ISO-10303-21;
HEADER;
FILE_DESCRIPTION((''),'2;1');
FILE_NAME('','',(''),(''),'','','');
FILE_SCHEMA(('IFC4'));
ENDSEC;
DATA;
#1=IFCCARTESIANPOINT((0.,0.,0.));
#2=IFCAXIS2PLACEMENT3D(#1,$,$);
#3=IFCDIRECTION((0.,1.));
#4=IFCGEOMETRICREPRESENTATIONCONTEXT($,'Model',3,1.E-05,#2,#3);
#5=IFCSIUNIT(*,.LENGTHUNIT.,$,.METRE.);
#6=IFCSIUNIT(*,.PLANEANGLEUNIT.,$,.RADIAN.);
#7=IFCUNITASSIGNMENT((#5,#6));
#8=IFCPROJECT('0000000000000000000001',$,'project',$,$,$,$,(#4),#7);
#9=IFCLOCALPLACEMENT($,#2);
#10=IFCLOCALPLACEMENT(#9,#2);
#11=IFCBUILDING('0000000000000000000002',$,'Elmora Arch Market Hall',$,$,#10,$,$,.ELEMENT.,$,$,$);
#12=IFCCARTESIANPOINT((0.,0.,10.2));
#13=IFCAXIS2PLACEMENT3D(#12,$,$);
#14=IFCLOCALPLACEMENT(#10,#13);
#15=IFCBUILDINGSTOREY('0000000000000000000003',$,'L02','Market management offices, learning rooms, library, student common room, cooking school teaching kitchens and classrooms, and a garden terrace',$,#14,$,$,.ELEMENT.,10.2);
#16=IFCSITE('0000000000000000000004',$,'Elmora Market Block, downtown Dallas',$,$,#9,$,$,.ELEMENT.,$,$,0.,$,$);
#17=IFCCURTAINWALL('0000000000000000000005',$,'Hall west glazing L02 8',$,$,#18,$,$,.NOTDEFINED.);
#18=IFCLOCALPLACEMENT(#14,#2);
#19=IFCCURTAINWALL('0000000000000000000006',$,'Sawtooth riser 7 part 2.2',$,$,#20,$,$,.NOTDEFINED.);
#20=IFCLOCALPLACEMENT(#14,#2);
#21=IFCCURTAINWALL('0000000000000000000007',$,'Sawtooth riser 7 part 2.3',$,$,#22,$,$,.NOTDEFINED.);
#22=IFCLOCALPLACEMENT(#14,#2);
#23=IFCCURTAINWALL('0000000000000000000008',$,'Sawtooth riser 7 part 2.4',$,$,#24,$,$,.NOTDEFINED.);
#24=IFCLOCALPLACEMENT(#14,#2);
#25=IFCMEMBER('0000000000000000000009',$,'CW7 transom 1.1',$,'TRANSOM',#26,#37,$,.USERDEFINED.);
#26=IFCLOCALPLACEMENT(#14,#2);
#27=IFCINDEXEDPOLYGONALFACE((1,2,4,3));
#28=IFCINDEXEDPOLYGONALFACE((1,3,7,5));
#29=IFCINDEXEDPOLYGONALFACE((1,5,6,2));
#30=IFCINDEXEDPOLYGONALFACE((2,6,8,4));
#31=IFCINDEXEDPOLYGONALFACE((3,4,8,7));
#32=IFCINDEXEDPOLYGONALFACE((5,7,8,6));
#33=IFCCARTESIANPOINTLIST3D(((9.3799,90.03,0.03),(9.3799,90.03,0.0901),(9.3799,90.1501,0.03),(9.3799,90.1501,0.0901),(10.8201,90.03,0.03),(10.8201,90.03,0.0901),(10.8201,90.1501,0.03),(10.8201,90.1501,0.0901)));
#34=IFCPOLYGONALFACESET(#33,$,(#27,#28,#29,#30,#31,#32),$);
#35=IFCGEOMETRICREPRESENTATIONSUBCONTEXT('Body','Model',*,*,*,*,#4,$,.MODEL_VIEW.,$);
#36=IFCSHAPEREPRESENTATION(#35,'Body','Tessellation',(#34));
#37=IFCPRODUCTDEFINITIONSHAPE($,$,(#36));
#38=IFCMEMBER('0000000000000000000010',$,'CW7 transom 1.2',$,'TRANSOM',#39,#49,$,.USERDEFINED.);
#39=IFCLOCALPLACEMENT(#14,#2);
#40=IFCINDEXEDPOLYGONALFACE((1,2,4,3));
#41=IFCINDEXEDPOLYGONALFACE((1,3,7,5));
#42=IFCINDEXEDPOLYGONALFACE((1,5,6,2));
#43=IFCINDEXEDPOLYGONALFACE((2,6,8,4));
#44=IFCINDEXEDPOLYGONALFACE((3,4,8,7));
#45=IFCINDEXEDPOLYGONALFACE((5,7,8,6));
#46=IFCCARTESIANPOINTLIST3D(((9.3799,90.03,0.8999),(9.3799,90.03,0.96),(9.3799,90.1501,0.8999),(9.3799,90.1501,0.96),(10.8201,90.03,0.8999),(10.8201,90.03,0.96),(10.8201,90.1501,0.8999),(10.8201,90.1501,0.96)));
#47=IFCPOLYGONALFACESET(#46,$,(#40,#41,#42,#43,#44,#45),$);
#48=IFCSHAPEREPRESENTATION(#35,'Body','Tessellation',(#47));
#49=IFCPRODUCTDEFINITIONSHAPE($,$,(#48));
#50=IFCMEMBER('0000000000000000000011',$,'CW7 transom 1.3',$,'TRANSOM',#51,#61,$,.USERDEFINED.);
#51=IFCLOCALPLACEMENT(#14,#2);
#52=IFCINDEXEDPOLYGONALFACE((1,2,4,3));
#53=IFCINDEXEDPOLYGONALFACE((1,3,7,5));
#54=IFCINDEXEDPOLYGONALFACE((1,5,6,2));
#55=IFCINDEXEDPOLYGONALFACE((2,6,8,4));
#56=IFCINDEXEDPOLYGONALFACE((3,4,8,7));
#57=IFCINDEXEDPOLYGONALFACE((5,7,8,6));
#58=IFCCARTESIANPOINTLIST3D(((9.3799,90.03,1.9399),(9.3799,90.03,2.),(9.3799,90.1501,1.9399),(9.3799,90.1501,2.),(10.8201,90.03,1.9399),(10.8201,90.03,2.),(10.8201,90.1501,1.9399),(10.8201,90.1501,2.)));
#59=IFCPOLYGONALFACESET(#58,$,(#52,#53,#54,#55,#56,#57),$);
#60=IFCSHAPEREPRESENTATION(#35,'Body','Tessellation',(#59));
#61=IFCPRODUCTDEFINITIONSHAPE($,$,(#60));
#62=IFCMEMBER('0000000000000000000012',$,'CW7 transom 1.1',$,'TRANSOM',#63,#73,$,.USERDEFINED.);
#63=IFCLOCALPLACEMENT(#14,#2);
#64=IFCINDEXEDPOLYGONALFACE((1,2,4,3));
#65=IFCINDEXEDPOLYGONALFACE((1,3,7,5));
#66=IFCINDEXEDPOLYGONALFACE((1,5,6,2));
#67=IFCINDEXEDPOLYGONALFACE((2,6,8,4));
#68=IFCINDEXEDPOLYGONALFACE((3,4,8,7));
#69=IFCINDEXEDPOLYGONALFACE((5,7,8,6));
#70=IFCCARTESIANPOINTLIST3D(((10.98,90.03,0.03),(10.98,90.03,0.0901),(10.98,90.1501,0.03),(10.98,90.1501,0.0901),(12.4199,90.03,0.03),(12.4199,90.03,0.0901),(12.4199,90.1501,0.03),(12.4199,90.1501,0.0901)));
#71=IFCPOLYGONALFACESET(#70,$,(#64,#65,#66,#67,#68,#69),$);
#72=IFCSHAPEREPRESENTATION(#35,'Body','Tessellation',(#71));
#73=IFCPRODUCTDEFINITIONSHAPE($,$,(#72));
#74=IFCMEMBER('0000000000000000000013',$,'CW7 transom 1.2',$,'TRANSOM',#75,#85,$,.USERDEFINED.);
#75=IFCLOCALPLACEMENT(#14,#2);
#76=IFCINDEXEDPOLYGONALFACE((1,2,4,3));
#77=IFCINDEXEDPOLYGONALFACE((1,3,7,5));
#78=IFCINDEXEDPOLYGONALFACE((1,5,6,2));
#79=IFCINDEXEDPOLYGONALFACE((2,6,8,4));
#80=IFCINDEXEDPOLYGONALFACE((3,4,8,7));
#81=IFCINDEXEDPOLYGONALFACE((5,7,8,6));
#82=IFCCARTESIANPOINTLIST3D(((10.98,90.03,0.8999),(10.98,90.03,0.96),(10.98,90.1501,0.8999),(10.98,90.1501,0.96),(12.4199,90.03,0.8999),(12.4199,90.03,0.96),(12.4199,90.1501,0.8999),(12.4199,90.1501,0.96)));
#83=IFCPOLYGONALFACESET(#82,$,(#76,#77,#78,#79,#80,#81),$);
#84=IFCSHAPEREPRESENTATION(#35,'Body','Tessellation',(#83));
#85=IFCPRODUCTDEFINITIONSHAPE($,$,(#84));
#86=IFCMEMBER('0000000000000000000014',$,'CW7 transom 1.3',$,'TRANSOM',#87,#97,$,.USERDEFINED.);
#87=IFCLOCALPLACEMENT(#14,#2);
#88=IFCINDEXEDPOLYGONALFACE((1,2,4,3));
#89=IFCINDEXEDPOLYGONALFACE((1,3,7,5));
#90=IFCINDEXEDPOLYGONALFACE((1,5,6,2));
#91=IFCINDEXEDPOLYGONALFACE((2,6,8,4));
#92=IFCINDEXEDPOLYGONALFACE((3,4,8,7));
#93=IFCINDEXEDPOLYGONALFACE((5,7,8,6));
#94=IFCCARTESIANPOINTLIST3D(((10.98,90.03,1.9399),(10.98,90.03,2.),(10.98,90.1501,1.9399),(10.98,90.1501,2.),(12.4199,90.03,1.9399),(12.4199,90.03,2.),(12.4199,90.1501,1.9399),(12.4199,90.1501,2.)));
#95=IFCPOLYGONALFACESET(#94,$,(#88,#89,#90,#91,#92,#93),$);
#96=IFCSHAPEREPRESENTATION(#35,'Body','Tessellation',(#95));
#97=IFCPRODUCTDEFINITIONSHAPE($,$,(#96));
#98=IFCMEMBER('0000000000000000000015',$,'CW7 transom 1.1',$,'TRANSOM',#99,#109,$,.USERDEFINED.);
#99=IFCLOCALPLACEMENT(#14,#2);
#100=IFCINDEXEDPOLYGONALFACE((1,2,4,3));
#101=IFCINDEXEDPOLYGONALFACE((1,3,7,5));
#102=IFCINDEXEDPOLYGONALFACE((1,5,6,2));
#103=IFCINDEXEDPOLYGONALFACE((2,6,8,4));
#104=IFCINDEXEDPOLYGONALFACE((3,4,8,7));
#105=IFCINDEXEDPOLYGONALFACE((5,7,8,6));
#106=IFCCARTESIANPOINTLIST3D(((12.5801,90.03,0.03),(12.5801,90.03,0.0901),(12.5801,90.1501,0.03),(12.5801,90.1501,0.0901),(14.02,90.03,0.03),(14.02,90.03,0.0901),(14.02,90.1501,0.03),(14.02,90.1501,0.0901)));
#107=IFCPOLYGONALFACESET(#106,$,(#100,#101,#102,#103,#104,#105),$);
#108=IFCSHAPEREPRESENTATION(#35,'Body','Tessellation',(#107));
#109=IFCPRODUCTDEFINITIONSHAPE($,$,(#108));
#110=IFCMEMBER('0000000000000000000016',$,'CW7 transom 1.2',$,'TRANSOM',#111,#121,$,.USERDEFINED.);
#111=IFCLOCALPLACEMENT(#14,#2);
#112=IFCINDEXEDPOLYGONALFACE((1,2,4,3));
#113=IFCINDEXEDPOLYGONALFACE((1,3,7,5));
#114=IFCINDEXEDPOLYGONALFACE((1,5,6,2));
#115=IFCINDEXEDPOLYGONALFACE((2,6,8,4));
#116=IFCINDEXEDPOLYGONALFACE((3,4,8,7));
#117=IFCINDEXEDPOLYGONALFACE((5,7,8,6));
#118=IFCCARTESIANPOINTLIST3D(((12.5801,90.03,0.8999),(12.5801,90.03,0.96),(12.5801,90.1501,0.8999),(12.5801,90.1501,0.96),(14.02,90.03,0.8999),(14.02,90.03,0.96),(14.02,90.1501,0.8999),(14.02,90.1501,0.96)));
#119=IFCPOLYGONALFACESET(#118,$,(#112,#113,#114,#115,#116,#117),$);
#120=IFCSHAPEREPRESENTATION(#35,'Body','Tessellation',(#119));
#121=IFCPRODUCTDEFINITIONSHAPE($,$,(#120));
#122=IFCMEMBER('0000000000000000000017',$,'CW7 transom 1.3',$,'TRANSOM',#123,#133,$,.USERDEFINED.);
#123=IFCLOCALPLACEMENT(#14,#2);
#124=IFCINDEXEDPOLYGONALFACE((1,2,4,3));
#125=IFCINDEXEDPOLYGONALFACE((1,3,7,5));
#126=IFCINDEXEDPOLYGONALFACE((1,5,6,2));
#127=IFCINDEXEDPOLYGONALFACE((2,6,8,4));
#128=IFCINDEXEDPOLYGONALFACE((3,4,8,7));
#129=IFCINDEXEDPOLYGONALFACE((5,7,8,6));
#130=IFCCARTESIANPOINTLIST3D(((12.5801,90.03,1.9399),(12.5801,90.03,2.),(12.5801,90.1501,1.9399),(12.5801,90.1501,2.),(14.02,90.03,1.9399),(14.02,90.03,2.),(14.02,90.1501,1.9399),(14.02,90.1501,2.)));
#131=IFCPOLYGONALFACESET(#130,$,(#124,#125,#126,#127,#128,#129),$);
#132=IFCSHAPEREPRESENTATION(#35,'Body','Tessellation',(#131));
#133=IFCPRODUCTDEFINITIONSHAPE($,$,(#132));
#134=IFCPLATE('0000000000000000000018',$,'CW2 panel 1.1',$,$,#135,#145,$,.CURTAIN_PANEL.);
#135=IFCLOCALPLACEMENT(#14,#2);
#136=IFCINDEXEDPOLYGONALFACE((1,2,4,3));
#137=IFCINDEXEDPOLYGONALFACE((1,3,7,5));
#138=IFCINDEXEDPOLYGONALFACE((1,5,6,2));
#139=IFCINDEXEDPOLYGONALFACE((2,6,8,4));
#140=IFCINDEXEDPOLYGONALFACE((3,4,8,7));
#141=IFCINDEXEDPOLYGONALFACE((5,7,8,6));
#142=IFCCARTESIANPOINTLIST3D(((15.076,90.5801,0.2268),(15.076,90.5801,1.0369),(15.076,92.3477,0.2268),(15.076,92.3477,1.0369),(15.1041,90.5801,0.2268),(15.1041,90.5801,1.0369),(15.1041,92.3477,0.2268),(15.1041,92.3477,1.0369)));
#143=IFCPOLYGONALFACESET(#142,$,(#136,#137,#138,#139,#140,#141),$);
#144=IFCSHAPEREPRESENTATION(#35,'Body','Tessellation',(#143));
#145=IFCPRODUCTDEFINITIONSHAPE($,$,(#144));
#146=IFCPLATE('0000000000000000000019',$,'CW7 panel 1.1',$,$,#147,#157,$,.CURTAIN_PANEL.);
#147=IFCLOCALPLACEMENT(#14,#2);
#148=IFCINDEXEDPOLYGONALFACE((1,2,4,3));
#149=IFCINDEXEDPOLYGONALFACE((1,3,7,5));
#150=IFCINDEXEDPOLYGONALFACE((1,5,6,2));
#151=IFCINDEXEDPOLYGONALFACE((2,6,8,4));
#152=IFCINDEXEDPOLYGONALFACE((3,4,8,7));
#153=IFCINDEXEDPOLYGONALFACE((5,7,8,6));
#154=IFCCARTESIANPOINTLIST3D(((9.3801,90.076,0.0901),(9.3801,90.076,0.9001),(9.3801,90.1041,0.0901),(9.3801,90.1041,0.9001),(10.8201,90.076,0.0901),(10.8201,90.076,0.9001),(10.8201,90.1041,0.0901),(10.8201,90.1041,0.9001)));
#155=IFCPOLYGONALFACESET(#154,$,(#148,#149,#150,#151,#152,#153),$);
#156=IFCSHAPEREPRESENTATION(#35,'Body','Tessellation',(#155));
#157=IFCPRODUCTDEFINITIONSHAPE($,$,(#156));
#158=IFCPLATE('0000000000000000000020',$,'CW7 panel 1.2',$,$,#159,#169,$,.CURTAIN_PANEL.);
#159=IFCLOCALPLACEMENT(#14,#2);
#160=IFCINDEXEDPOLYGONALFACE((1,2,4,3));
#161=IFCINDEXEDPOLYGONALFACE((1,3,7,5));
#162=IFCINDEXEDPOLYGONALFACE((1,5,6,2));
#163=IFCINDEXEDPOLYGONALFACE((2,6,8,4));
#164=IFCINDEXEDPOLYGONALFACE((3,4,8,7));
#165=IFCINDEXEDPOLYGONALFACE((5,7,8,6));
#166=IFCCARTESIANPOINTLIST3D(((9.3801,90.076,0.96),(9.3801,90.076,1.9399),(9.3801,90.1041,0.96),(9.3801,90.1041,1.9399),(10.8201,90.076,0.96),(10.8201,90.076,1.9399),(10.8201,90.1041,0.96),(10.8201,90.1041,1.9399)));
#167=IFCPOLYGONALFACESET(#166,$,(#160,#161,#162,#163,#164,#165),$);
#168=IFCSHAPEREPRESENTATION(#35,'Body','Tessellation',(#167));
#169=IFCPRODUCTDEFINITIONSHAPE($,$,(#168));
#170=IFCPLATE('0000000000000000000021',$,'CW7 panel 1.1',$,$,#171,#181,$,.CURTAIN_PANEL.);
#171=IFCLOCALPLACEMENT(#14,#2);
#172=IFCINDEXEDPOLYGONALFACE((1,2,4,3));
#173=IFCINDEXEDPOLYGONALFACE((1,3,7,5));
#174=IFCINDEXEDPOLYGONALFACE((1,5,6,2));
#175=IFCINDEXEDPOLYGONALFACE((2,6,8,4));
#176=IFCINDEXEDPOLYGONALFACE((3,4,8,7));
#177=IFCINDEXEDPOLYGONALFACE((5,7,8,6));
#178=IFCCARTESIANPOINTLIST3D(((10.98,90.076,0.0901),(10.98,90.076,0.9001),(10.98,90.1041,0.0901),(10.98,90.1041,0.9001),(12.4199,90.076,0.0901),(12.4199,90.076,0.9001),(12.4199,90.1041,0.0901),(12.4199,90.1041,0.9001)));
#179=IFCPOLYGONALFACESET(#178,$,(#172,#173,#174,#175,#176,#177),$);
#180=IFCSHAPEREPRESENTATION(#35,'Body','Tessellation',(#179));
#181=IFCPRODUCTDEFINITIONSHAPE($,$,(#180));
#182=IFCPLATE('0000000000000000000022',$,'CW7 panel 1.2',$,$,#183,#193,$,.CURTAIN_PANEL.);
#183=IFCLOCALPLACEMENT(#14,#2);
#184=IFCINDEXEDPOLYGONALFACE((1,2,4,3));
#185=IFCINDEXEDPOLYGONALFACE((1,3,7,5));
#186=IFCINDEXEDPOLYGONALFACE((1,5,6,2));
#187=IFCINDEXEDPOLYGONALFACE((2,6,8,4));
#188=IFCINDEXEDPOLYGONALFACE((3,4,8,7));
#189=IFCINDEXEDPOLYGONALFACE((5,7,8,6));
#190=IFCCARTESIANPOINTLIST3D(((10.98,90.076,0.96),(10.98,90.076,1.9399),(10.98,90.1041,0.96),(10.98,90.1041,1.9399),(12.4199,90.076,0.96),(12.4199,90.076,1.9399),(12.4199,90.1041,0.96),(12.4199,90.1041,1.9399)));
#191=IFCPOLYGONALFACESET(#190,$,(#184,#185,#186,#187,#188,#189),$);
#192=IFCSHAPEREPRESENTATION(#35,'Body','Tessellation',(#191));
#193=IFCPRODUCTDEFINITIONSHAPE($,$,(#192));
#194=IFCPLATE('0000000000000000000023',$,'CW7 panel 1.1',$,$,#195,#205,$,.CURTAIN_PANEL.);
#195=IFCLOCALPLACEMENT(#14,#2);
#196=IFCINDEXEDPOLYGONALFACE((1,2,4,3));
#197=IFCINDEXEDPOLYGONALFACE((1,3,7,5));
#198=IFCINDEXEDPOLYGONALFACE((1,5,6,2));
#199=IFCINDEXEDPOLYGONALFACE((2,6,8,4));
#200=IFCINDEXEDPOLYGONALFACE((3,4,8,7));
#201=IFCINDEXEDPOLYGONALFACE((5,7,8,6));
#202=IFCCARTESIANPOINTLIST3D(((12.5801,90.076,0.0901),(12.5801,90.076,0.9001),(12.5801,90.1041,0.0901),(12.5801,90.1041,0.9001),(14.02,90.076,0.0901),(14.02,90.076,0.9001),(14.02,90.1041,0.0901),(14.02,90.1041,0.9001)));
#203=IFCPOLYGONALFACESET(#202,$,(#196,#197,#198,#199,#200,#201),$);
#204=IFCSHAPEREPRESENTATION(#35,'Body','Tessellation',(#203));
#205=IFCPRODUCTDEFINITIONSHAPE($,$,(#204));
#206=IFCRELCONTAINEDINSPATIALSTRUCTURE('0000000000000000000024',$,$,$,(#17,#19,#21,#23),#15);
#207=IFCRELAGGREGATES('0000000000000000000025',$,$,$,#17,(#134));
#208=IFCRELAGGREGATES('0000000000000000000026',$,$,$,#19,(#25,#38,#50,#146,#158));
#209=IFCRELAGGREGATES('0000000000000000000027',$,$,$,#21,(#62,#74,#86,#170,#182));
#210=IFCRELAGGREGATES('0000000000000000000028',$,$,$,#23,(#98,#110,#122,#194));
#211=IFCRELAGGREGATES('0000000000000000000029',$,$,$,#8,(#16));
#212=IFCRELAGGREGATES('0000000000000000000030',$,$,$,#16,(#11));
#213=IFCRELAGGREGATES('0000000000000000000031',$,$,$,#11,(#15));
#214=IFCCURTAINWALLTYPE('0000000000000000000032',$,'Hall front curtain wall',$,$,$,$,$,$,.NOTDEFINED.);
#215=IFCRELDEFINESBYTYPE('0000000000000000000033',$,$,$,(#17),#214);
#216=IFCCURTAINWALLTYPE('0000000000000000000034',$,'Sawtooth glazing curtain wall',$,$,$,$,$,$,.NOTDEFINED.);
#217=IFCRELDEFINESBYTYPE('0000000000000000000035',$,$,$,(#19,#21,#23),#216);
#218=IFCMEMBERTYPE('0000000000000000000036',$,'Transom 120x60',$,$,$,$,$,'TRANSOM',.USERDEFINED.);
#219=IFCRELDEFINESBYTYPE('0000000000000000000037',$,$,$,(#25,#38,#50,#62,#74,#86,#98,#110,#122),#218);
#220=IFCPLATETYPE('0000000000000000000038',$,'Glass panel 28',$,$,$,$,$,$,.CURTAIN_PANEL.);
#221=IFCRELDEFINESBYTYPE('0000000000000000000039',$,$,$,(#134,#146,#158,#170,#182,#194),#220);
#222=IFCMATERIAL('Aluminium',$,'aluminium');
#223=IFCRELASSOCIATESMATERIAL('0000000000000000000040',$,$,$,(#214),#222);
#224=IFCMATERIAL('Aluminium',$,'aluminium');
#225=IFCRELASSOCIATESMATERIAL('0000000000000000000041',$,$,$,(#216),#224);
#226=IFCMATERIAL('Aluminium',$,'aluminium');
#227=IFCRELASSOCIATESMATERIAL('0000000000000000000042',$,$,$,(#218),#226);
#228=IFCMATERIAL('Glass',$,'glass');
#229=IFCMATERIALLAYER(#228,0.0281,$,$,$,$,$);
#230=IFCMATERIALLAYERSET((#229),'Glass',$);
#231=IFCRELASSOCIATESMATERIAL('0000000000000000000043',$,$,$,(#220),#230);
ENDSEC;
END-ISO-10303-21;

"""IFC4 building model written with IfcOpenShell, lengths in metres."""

from ifc_helpers import new_model, si_unit, direction, frame, origin, origin_2d, place, context, subcontext, project, spatial, rectangle, extrude, material, layer, layer_set, material_profile, profile_set, type_object, element, aggregate, save


model = new_model("IFC4")

# Units and contexts
model_context = context("Model", 3, precision=1e-05, world=origin(), true_north=direction((0.0, 1.0)))
body_context = subcontext(model_context, "Body", "Model", "MODEL_VIEW")
ifc_project = project(units=[si_unit("LENGTHUNIT", "METRE"), si_unit("PLANEANGLEUNIT", "RADIAN")], contexts=[model_context])

# Site, building, storey
site_placement = place(None, origin())
site = spatial("IfcSite", under=ifc_project, at=site_placement, Name="Elmora Market Block, downtown Dallas", CompositionType="ELEMENT", RefElevation=0.0)
building_placement = place(site_placement, origin())
building = spatial("IfcBuilding", under=site, at=building_placement, Name="Elmora Arch Market Hall", CompositionType="ELEMENT")
storey_placement = place(building_placement, frame((0.0, 0.0, 10.2)))
storey = spatial("IfcBuildingStorey", under=building, at=storey_placement, Name="L02", Description="Market management offices, learning rooms, library, student common room, cooking school teaching kitchens and classrooms, and a garden terrace", CompositionType="ELEMENT", Elevation=10.2)

# Curtain walls
ifc_material_1 = material(Name="Aluminium", Category="aluminium")
curtain_wall_type_1 = type_object("IfcCurtainWallType", Name="Hall front curtain wall", PredefinedType="NOTDEFINED", material=ifc_material_1)
curtain_wall_1_placement = place(storey_placement, origin())
curtain_wall_1 = element("IfcCurtainWall", 1, at=curtain_wall_1_placement, inside=storey, type_object=curtain_wall_type_1, Name="Hall west glazing L02 8", PredefinedType="NOTDEFINED")
ifc_material_2 = material(Name="Aluminium", Category="aluminium")
curtain_wall_type_2 = type_object("IfcCurtainWallType", Name="Sawtooth glazing curtain wall", PredefinedType="NOTDEFINED", material=ifc_material_2)
curtain_wall_2_placement = place(storey_placement, origin())
curtain_wall_2 = element("IfcCurtainWall", 2, at=curtain_wall_2_placement, inside=storey, type_object=curtain_wall_type_2, Name="Sawtooth riser 7 part 2.2", PredefinedType="NOTDEFINED")

# Curtain walls
curtain_wall_3_placement = place(storey_placement, origin())
curtain_wall_3 = element("IfcCurtainWall", 3, at=curtain_wall_3_placement, inside=storey, type_object=curtain_wall_type_2, Name="Sawtooth riser 7 part 2.3", PredefinedType="NOTDEFINED")
curtain_wall_4_placement = place(storey_placement, origin())
curtain_wall_4 = element("IfcCurtainWall", 4, at=curtain_wall_4_placement, inside=storey, type_object=curtain_wall_type_2, Name="Sawtooth riser 7 part 2.4", PredefinedType="NOTDEFINED")

# Members
ifc_material_3 = material(Name="Aluminium", Category="aluminium")
ifc_material_profile_1 = material_profile(ifc_material_3, rectangle(XDim=0.1201, YDim=0.0601, at=origin_2d()), Name="AL 120x60")
ifc_profile_set_1 = profile_set([ifc_material_profile_1], Name="Aluminium")
member_type_1 = type_object("IfcMemberType", Name="Transom 120x60", ElementType="TRANSOM", PredefinedType="USERDEFINED", material=ifc_profile_set_1)
member_1_placement = place(storey_placement, frame((9.3799, 90.0901, 0.0601), z_axis=(1.0, 0.0, 0.0), x_axis=(0.0, 1.0, 0.0)))
member_1 = element("IfcMember", 5, at=member_1_placement, type_object=member_type_1, Name="CW7 transom 1.1", ObjectType="TRANSOM", PredefinedType="USERDEFINED", context=body_context, shape_type="SweptSolid", body=[
    extrude(rectangle(XDim=0.1201, YDim=0.0601, at=origin_2d()), origin(), (0.0, 0.0, 1.0), 1.4402),
])
member_2_placement = place(storey_placement, frame((9.3799, 90.0901, 0.9299), z_axis=(1.0, 0.0, 0.0), x_axis=(0.0, 1.0, 0.0)))
member_2 = element("IfcMember", 6, at=member_2_placement, type_object=member_type_1, Name="CW7 transom 1.2", ObjectType="TRANSOM", PredefinedType="USERDEFINED", context=body_context, shape_type="SweptSolid", body=[
    extrude(rectangle(XDim=0.1201, YDim=0.0601, at=origin_2d()), origin(), (0.0, 0.0, 1.0), 1.4402),
])
member_3_placement = place(storey_placement, frame((9.3799, 90.0901, 1.97), z_axis=(1.0, 0.0, 0.0), x_axis=(0.0, 1.0, 0.0)))
member_3 = element("IfcMember", 7, at=member_3_placement, type_object=member_type_1, Name="CW7 transom 1.3", ObjectType="TRANSOM", PredefinedType="USERDEFINED", context=body_context, shape_type="SweptSolid", body=[
    extrude(rectangle(XDim=0.1201, YDim=0.0601, at=origin_2d()), origin(), (0.0, 0.0, 1.0), 1.4402),
])
member_4_placement = place(storey_placement, frame((10.98, 90.0901, 0.0601), z_axis=(1.0, 0.0, 0.0), x_axis=(0.0, 1.0, 0.0)))
member_4 = element("IfcMember", 8, at=member_4_placement, type_object=member_type_1, Name="CW7 transom 1.1", ObjectType="TRANSOM", PredefinedType="USERDEFINED", context=body_context, shape_type="SweptSolid", body=[
    extrude(rectangle(XDim=0.1201, YDim=0.0601, at=origin_2d()), origin(), (0.0, 0.0, 1.0), 1.4399),
])
member_5_placement = place(storey_placement, frame((10.98, 90.0901, 0.9299), z_axis=(1.0, 0.0, 0.0), x_axis=(0.0, 1.0, 0.0)))
member_5 = element("IfcMember", 9, at=member_5_placement, type_object=member_type_1, Name="CW7 transom 1.2", ObjectType="TRANSOM", PredefinedType="USERDEFINED", context=body_context, shape_type="SweptSolid", body=[
    extrude(rectangle(XDim=0.1201, YDim=0.0601, at=origin_2d()), origin(), (0.0, 0.0, 1.0), 1.4399),
])
member_6_placement = place(storey_placement, frame((10.98, 90.0901, 1.97), z_axis=(1.0, 0.0, 0.0), x_axis=(0.0, 1.0, 0.0)))
member_6 = element("IfcMember", 10, at=member_6_placement, type_object=member_type_1, Name="CW7 transom 1.3", ObjectType="TRANSOM", PredefinedType="USERDEFINED", context=body_context, shape_type="SweptSolid", body=[
    extrude(rectangle(XDim=0.1201, YDim=0.0601, at=origin_2d()), origin(), (0.0, 0.0, 1.0), 1.4399),
])
member_7_placement = place(storey_placement, frame((12.5801, 90.0901, 0.0601), z_axis=(1.0, 0.0, 0.0), x_axis=(0.0, 1.0, 0.0)))
member_7 = element("IfcMember", 11, at=member_7_placement, type_object=member_type_1, Name="CW7 transom 1.1", ObjectType="TRANSOM", PredefinedType="USERDEFINED", context=body_context, shape_type="SweptSolid", body=[
    extrude(rectangle(XDim=0.1201, YDim=0.0601, at=origin_2d()), origin(), (0.0, 0.0, 1.0), 1.4399),
])
member_8_placement = place(storey_placement, frame((12.5801, 90.0901, 0.9299), z_axis=(1.0, 0.0, 0.0), x_axis=(0.0, 1.0, 0.0)))
member_8 = element("IfcMember", 12, at=member_8_placement, type_object=member_type_1, Name="CW7 transom 1.2", ObjectType="TRANSOM", PredefinedType="USERDEFINED", context=body_context, shape_type="SweptSolid", body=[
    extrude(rectangle(XDim=0.1201, YDim=0.0601, at=origin_2d()), origin(), (0.0, 0.0, 1.0), 1.4399),
])
member_9_placement = place(storey_placement, frame((12.5801, 90.0901, 1.97), z_axis=(1.0, 0.0, 0.0), x_axis=(0.0, 1.0, 0.0)))
member_9 = element("IfcMember", 13, at=member_9_placement, type_object=member_type_1, Name="CW7 transom 1.3", ObjectType="TRANSOM", PredefinedType="USERDEFINED", context=body_context, shape_type="SweptSolid", body=[
    extrude(rectangle(XDim=0.1201, YDim=0.0601, at=origin_2d()), origin(), (0.0, 0.0, 1.0), 1.4399),
])

# Plates
ifc_material_4 = material(Name="Glass", Category="glass")
ifc_layer_1 = layer(ifc_material_4, 0.0281)
ifc_layer_set_1 = layer_set([ifc_layer_1], Name="Glass")
plate_type = type_object("IfcPlateType", Name="Glass panel 28", PredefinedType="CURTAIN_PANEL", material=ifc_layer_set_1)
plate_1_placement = place(storey_placement, frame((15.0901, 91.4639, 0.2268), z_axis=(0.0, 0.0, 1.0), x_axis=(0.0, 1.0, 0.0)))
plate_1 = element("IfcPlate", 14, at=plate_1_placement, type_object=plate_type, Name="CW2 panel 1.1", PredefinedType="CURTAIN_PANEL", context=body_context, shape_type="SweptSolid", body=[
    extrude(rectangle(XDim=1.7676, YDim=0.0281, at=origin_2d()), origin(), (0.0, 0.0, 1.0), 0.8101),
])
aggregate(curtain_wall_1, [plate_1])
plate_2_placement = place(storey_placement, frame((10.1001, 90.0901, 0.0901), z_axis=(0.0, 0.0, 1.0), x_axis=(1.0, 0.0, 0.0)))
plate_2 = element("IfcPlate", 15, at=plate_2_placement, type_object=plate_type, Name="CW7 panel 1.1", PredefinedType="CURTAIN_PANEL", context=body_context, shape_type="SweptSolid", body=[
    extrude(rectangle(XDim=1.4399, YDim=0.0281, at=origin_2d()), origin(), (0.0, 0.0, 1.0), 0.8101),
])
plate_3_placement = place(storey_placement, frame((10.1001, 90.0901, 0.96), z_axis=(0.0, 0.0, 1.0), x_axis=(1.0, 0.0, 0.0)))
plate_3 = element("IfcPlate", 16, at=plate_3_placement, type_object=plate_type, Name="CW7 panel 1.2", PredefinedType="CURTAIN_PANEL", context=body_context, shape_type="SweptSolid", body=[
    extrude(rectangle(XDim=1.4399, YDim=0.0281, at=origin_2d()), origin(), (0.0, 0.0, 1.0), 0.98),
])
aggregate(curtain_wall_2, [member_1, member_2, member_3, plate_2, plate_3])
plate_4_placement = place(storey_placement, frame((11.7, 90.0901, 0.0901), z_axis=(0.0, 0.0, 1.0), x_axis=(1.0, 0.0, 0.0)))
plate_4 = element("IfcPlate", 17, at=plate_4_placement, type_object=plate_type, Name="CW7 panel 1.1", PredefinedType="CURTAIN_PANEL", context=body_context, shape_type="SweptSolid", body=[
    extrude(rectangle(XDim=1.4399, YDim=0.0281, at=origin_2d()), origin(), (0.0, 0.0, 1.0), 0.8101),
])
plate_5_placement = place(storey_placement, frame((11.7, 90.0901, 0.96), z_axis=(0.0, 0.0, 1.0), x_axis=(1.0, 0.0, 0.0)))
plate_5 = element("IfcPlate", 18, at=plate_5_placement, type_object=plate_type, Name="CW7 panel 1.2", PredefinedType="CURTAIN_PANEL", context=body_context, shape_type="SweptSolid", body=[
    extrude(rectangle(XDim=1.4399, YDim=0.0281, at=origin_2d()), origin(), (0.0, 0.0, 1.0), 0.98),
])
aggregate(curtain_wall_3, [member_4, member_5, member_6, plate_4, plate_5])
plate_6_placement = place(storey_placement, frame((13.3, 90.0901, 0.0901), z_axis=(0.0, 0.0, 1.0), x_axis=(1.0, 0.0, 0.0)))
plate_6 = element("IfcPlate", 19, at=plate_6_placement, type_object=plate_type, Name="CW7 panel 1.1", PredefinedType="CURTAIN_PANEL", context=body_context, shape_type="SweptSolid", body=[
    extrude(rectangle(XDim=1.4399, YDim=0.0281, at=origin_2d()), origin(), (0.0, 0.0, 1.0), 0.8101),
])
aggregate(curtain_wall_4, [member_7, member_8, member_9, plate_6])

save(model, "model.ifc")
